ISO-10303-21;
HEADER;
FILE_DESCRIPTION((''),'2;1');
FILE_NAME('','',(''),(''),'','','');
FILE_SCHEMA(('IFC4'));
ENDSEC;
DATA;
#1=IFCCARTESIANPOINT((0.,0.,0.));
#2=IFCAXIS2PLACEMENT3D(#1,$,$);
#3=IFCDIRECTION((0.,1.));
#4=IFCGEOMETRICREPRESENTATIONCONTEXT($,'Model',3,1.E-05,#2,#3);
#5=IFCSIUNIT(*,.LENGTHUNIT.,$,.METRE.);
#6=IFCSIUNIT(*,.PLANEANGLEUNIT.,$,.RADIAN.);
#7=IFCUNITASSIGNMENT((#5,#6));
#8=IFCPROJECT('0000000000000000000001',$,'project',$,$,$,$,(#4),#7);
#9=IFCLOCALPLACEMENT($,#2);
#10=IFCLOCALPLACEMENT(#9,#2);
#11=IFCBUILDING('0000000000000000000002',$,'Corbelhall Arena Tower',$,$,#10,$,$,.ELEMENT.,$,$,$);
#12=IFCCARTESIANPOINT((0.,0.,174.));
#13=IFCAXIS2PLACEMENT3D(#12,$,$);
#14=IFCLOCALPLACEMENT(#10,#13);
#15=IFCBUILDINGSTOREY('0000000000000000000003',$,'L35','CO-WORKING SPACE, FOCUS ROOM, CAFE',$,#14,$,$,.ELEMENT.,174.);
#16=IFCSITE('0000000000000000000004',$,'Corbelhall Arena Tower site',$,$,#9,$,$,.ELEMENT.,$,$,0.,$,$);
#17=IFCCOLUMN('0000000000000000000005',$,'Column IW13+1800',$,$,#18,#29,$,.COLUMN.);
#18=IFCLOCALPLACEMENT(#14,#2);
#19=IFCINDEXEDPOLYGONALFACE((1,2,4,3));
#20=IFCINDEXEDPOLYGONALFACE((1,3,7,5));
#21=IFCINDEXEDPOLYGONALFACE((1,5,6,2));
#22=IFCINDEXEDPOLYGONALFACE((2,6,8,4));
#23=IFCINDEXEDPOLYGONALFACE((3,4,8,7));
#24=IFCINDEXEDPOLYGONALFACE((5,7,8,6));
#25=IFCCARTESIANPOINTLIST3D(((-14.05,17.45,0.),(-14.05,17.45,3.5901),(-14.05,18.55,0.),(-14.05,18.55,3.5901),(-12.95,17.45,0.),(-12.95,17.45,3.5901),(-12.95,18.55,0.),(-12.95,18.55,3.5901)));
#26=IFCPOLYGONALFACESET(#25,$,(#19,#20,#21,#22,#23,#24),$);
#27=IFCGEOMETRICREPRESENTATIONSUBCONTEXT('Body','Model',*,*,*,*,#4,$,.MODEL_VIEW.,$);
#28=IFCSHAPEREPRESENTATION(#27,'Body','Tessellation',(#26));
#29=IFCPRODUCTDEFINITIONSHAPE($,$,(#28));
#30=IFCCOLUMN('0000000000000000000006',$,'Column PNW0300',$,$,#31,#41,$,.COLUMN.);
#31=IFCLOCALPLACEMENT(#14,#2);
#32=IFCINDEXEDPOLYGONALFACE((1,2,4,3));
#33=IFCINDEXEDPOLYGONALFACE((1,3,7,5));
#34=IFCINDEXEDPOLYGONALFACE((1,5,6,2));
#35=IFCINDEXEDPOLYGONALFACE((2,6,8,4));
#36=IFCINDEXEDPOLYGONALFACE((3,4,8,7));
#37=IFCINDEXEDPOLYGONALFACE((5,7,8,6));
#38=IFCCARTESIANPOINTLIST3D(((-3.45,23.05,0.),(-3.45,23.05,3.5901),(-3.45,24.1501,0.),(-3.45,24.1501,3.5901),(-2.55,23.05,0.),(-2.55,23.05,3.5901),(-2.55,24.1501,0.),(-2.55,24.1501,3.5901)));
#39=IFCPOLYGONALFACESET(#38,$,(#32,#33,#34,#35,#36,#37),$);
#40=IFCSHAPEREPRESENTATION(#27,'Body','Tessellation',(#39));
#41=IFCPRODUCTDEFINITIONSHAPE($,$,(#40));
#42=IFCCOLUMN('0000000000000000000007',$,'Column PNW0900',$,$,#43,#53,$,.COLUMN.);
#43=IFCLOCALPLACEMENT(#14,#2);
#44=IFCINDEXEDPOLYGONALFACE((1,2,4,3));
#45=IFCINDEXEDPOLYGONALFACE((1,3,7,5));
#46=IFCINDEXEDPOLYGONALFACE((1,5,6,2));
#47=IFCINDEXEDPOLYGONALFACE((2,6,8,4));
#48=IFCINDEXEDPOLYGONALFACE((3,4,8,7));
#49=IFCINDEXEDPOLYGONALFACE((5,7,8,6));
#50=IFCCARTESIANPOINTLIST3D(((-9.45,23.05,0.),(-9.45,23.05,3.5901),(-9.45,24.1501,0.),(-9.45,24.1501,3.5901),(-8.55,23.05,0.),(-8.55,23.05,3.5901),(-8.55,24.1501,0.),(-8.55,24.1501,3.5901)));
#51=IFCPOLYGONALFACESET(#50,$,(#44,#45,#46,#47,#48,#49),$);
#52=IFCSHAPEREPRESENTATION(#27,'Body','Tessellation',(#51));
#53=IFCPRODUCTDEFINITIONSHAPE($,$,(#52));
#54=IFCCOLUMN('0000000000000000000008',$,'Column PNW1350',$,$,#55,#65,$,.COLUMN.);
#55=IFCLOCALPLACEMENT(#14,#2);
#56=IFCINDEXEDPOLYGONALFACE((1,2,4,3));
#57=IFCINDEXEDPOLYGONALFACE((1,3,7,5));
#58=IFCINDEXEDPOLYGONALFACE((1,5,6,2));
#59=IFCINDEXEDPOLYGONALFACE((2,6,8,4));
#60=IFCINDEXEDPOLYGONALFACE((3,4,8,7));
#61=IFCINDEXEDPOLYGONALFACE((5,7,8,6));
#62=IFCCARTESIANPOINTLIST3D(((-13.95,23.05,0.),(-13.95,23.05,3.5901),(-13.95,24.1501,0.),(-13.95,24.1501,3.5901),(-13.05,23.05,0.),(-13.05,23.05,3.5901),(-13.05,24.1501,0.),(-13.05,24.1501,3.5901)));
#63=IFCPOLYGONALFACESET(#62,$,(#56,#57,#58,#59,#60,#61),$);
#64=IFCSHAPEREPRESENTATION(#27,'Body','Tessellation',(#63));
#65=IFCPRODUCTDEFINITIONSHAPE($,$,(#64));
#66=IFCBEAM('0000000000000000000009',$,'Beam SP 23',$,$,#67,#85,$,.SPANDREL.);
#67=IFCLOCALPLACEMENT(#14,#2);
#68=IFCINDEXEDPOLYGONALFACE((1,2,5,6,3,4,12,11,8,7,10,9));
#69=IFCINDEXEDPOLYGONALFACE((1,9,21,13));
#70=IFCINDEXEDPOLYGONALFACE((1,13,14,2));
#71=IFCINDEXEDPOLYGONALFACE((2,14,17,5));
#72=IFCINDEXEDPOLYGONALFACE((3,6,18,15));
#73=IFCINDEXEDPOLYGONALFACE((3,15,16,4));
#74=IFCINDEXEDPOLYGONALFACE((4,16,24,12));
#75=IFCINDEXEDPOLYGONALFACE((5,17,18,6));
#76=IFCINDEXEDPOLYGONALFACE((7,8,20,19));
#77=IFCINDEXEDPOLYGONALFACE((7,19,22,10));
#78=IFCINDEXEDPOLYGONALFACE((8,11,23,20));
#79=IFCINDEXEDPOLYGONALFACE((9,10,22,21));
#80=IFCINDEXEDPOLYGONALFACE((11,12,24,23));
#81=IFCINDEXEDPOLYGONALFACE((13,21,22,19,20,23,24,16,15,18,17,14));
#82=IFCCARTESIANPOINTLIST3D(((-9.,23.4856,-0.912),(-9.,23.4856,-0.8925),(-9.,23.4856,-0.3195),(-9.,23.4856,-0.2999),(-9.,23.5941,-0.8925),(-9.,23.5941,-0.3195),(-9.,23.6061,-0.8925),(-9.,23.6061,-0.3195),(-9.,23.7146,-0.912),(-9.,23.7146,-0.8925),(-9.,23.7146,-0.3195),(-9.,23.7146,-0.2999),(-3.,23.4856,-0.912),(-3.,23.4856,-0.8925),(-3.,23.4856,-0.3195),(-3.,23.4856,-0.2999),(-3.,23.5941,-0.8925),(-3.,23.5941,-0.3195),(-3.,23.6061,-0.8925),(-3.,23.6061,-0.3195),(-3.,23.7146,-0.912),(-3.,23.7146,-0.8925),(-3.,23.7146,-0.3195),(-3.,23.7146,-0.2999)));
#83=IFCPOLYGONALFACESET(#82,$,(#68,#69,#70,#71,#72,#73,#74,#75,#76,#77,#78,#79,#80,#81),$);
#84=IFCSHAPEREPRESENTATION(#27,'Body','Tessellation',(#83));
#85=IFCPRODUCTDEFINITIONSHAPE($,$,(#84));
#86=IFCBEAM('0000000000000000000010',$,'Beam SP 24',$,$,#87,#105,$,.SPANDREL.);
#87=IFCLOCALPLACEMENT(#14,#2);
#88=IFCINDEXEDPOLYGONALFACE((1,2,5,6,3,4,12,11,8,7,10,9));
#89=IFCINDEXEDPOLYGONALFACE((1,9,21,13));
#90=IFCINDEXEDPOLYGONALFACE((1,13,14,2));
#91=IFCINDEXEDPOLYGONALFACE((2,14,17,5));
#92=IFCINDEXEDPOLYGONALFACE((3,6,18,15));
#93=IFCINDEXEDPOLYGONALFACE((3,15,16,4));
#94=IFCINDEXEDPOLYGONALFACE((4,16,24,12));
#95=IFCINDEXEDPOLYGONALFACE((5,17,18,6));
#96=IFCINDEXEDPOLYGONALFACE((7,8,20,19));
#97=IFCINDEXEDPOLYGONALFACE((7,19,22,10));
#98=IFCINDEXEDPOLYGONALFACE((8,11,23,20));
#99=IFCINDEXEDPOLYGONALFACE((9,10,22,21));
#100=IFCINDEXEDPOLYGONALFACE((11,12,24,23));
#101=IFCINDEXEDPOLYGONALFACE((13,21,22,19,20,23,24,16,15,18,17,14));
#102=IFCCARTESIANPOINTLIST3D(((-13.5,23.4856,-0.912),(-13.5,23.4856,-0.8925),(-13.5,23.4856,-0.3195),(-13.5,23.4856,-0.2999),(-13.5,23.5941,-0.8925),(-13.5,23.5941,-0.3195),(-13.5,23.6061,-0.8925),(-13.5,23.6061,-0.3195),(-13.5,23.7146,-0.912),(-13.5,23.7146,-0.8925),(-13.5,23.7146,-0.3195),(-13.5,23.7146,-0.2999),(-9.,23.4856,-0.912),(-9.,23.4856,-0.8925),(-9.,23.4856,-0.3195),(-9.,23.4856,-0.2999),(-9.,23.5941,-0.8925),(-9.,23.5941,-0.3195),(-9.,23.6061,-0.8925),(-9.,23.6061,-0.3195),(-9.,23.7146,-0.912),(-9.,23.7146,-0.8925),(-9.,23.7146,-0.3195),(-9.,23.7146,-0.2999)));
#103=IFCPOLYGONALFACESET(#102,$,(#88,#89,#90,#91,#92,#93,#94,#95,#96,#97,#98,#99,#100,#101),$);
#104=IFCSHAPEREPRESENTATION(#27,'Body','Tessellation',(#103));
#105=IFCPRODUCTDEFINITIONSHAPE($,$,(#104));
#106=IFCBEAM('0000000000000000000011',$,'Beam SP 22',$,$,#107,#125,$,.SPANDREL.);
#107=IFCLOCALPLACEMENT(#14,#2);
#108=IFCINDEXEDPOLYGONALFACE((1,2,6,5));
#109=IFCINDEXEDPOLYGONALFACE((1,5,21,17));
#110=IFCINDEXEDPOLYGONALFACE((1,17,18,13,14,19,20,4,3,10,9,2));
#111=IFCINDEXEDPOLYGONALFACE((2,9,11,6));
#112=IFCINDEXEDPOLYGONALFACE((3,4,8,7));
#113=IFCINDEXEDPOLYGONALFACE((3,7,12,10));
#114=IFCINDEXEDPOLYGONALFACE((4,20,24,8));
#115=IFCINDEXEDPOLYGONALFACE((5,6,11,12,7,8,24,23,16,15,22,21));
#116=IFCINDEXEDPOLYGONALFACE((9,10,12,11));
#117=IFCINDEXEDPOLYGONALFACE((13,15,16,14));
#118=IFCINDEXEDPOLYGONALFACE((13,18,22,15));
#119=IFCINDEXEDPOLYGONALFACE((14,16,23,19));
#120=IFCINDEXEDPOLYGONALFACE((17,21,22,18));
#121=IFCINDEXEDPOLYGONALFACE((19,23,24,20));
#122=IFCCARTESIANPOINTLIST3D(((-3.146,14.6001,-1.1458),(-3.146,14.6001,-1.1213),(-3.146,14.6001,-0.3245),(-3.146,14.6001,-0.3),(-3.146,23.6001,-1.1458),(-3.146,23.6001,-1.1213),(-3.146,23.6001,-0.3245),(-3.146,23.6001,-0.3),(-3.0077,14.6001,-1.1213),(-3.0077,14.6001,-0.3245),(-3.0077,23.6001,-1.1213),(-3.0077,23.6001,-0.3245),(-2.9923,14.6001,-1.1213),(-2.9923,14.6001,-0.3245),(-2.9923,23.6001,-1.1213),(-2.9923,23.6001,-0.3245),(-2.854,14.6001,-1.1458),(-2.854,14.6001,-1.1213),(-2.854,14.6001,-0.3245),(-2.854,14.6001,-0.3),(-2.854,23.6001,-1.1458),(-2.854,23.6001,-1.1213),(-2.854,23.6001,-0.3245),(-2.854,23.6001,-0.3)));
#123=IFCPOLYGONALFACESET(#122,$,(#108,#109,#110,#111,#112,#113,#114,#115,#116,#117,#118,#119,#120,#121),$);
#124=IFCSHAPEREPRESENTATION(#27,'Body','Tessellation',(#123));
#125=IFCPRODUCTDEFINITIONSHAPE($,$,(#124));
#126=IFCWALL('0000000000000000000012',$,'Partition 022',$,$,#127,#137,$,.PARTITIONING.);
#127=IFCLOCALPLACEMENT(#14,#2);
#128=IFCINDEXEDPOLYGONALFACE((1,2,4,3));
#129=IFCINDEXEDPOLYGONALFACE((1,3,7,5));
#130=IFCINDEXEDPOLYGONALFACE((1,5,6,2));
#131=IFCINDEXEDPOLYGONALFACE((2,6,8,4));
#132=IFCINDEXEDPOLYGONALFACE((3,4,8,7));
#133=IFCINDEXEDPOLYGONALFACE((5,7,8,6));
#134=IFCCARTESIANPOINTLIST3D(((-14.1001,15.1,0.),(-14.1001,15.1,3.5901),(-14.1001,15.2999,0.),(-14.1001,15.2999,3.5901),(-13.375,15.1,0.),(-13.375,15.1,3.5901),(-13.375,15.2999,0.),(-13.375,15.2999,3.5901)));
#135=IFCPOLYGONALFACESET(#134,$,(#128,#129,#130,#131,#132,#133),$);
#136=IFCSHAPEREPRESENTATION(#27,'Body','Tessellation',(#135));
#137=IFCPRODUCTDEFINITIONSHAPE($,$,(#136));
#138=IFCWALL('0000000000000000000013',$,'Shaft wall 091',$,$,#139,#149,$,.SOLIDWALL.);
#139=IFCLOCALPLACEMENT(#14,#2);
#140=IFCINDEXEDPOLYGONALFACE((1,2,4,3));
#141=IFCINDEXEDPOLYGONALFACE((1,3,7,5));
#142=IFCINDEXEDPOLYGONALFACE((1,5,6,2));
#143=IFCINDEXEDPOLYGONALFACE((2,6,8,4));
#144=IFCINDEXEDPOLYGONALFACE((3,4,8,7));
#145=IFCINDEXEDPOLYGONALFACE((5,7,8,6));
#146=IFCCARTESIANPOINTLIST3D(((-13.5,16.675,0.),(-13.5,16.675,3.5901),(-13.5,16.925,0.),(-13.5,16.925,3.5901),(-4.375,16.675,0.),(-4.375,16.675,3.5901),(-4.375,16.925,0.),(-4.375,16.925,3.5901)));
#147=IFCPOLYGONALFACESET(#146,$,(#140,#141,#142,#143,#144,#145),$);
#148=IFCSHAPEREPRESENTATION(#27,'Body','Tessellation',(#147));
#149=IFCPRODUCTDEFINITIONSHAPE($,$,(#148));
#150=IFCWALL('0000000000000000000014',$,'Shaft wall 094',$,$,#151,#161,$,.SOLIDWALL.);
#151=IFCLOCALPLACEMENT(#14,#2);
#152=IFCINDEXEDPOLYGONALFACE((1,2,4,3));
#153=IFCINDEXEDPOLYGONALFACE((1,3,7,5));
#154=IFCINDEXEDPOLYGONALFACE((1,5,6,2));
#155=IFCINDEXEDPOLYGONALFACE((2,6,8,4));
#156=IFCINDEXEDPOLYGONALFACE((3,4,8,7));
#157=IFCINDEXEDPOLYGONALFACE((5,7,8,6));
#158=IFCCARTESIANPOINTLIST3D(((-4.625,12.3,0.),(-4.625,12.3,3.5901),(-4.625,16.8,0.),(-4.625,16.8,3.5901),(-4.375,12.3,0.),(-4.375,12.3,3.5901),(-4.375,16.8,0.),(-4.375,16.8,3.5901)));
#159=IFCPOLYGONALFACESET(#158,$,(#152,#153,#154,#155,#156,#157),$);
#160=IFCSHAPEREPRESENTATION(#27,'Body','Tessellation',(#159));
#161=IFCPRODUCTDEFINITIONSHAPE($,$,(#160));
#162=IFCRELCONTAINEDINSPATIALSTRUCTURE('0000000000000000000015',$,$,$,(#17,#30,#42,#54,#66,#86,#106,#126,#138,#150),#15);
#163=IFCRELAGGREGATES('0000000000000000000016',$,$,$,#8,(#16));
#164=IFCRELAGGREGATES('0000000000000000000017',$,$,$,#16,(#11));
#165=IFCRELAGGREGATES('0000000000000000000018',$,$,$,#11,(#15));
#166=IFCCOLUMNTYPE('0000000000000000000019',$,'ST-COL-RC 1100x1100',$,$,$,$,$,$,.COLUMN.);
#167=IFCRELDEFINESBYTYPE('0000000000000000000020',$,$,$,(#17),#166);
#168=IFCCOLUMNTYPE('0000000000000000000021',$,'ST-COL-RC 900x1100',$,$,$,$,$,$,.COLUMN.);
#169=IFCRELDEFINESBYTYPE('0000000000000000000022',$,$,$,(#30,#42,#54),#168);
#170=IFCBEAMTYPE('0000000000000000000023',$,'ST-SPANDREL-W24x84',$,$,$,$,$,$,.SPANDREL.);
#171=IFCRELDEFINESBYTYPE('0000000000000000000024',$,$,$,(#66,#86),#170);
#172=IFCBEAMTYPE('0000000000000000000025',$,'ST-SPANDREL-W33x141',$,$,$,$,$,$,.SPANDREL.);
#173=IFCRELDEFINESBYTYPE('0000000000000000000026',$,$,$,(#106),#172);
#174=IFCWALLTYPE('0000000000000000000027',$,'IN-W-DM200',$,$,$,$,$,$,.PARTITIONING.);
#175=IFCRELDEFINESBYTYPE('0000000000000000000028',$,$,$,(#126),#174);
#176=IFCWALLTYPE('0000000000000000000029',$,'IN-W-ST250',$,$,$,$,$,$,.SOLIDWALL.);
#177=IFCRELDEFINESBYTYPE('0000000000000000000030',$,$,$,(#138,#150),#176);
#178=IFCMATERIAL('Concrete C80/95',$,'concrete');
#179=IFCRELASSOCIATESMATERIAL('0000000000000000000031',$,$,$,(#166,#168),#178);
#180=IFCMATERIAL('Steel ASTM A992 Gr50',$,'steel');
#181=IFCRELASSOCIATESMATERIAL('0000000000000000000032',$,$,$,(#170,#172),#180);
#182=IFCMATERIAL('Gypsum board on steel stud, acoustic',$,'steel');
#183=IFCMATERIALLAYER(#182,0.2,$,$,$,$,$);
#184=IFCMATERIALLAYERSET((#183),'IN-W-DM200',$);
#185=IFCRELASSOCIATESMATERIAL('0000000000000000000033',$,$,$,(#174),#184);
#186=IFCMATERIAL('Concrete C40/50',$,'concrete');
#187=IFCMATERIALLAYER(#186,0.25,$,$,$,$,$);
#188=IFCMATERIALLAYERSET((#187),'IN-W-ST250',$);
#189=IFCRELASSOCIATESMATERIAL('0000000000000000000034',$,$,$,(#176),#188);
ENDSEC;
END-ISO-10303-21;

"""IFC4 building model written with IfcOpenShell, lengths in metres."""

from ifc_helpers import new_model, si_unit, direction, frame, frame_2d, origin, origin_2d, place, context, subcontext, project, spatial, rectangle, i_section, extrude, material, layer, layer_set, material_profile, profile_set, type_object, element, save


model = new_model("IFC4")

# Units and contexts
model_context = context("Model", 3, precision=1e-05, world=origin(), true_north=direction((0.0, 1.0)))
body_context = subcontext(model_context, "Body", "Model", "MODEL_VIEW")
ifc_project = project(units=[si_unit("LENGTHUNIT", "METRE"), si_unit("PLANEANGLEUNIT", "RADIAN")], contexts=[model_context])

# Site, building, storey
site_placement = place(None, origin())
site = spatial("IfcSite", under=ifc_project, at=site_placement, Name="Corbelhall Arena Tower site", CompositionType="ELEMENT", RefElevation=0.0)
building_placement = place(site_placement, origin())
building = spatial("IfcBuilding", under=site, at=building_placement, Name="Corbelhall Arena Tower", CompositionType="ELEMENT")
storey_placement = place(building_placement, frame((0.0, 0.0, 174.0)))
storey = spatial("IfcBuildingStorey", under=building, at=storey_placement, Name="L35", Description="CO-WORKING SPACE, FOCUS ROOM, CAFE", CompositionType="ELEMENT", Elevation=174.0)

# Columns
ifc_material_1 = material(Name="Concrete C80/95", Category="concrete")
ifc_material_profile_1 = material_profile(ifc_material_1, rectangle(XDim=1.1001, YDim=1.1001, at=origin_2d()))
ifc_profile_set_1 = profile_set([ifc_material_profile_1], Name="Concrete C80/95")
column_type_1 = type_object("IfcColumnType", Name="ST-COL-RC 1100x1100", PredefinedType="COLUMN", material=ifc_profile_set_1)
column_placement = place(storey_placement, frame((-13.5, 18.0, 0.0), z_axis=(0.0, 0.0, 1.0), x_axis=(1.0, 0.0, 0.0)))
element("IfcColumn", 1, at=column_placement, inside=storey, type_object=column_type_1, Name="Column IW13+1800", PredefinedType="COLUMN", context=body_context, shape_type="SweptSolid", body=[
    extrude(rectangle(XDim=1.1001, YDim=1.1001, at=origin_2d()), origin(), (0.0, 0.0, 1.0), 3.5901),
])
ifc_material_profile_2 = material_profile(ifc_material_1, rectangle(XDim=0.8999, YDim=1.1001, at=origin_2d()))
ifc_profile_set_2 = profile_set([ifc_material_profile_2], Name="Concrete C80/95")
column_type_2 = type_object("IfcColumnType", Name="ST-COL-RC 900x1100", PredefinedType="COLUMN", material=ifc_profile_set_2)
for number, where, z_axis, x_axis, name in (
    (2, (-3.0, 23.6001, 0.0), (0.0, 0.0, 1.0), (1.0, 0.0, 0.0), "Column PNW0300"),
    (3, (-9.0, 23.6001, 0.0), (0.0, 0.0, 1.0), (1.0, 0.0, 0.0), "Column PNW0900"),
    (4, (-13.5, 23.6001, 0.0), (0.0, 0.0, 1.0), (1.0, 0.0, 0.0), "Column PNW1350"),
):
    element("IfcColumn", number, at=place(storey_placement, frame(where, z_axis=z_axis, x_axis=x_axis)), inside=storey, type_object=column_type_2, Name=name, PredefinedType="COLUMN", context=body_context, shape_type="SweptSolid", body=[
        extrude(rectangle(XDim=0.8999, YDim=1.1001, at=origin_2d()), origin(), (0.0, 0.0, 1.0), 3.5901),
    ])

# Beams
ifc_material_2 = material(Name="Steel ASTM A992 Gr50", Category="steel")
ifc_material_profile_3 = material_profile(ifc_material_2, i_section(OverallWidth=0.229, OverallDepth=0.6121, WebThickness=0.012, FlangeThickness=0.0195, at=origin_2d()))
ifc_profile_set_3 = profile_set([ifc_material_profile_3], Name="Steel ASTM A992 Gr50")
beam_type_1 = type_object("IfcBeamType", Name="ST-SPANDREL-W24x84", PredefinedType="SPANDREL", material=ifc_profile_set_3)
beam_1_placement = place(storey_placement, frame((-9.0, 23.6001, -0.606), z_axis=(1.0, 0.0, 0.0), x_axis=(0.0, 1.0, 0.0)))
element("IfcBeam", 5, at=beam_1_placement, inside=storey, type_object=beam_type_1, Name="Beam SP 23", PredefinedType="SPANDREL", context=body_context, shape_type="SweptSolid", body=[
    extrude(i_section(OverallWidth=0.229, OverallDepth=0.6121, WebThickness=0.012, FlangeThickness=0.0195, at=origin_2d()), origin(), (0.0, 0.0, 1.0), 6.0),
])
beam_2_placement = place(storey_placement, frame((-13.5, 23.6001, -0.606), z_axis=(1.0, 0.0, 0.0), x_axis=(0.0, 1.0, 0.0)))
element("IfcBeam", 6, at=beam_2_placement, inside=storey, type_object=beam_type_1, Name="Beam SP 24", PredefinedType="SPANDREL", context=body_context, shape_type="SweptSolid", body=[
    extrude(i_section(OverallWidth=0.229, OverallDepth=0.6121, WebThickness=0.012, FlangeThickness=0.0195, at=origin_2d()), origin(), (0.0, 0.0, 1.0), 4.5),
])
ifc_material_profile_4 = material_profile(ifc_material_2, i_section(OverallWidth=0.292, OverallDepth=0.8457, WebThickness=0.0154, FlangeThickness=0.0244, at=origin_2d()))
ifc_profile_set_4 = profile_set([ifc_material_profile_4], Name="Steel ASTM A992 Gr50")
beam_type_2 = type_object("IfcBeamType", Name="ST-SPANDREL-W33x141", PredefinedType="SPANDREL", material=ifc_profile_set_4)
beam_3_placement = place(storey_placement, frame((-3.0, 23.6001, -0.7229), z_axis=(0.0, -1.0, 0.0), x_axis=(1.0, 0.0, 0.0)))
element("IfcBeam", 7, at=beam_3_placement, inside=storey, type_object=beam_type_2, Name="Beam SP 22", PredefinedType="SPANDREL", context=body_context, shape_type="SweptSolid", body=[
    extrude(i_section(OverallWidth=0.292, OverallDepth=0.8457, WebThickness=0.0154, FlangeThickness=0.0244, at=origin_2d()), origin(), (0.0, 0.0, 1.0), 9.0),
])

# Walls
ifc_material_3 = material(Name="Gypsum board on steel stud, acoustic", Category="steel")
ifc_layer_1 = layer(ifc_material_3, 0.2)
ifc_layer_set_1 = layer_set([ifc_layer_1], Name="IN-W-DM200")
wall_type_1 = type_object("IfcWallType", Name="IN-W-DM200", PredefinedType="PARTITIONING", material=ifc_layer_set_1)
wall_1_placement = place(storey_placement, frame((-14.1001, 15.2, 0.0), z_axis=(0.0, 0.0, 1.0), x_axis=(1.0, 0.0, 0.0)))
element("IfcWall", 8, at=wall_1_placement, inside=storey, type_object=wall_type_1, Name="Partition 022", PredefinedType="PARTITIONING", context=body_context, shape_type="SweptSolid", body=[
    extrude(rectangle(XDim=0.7251, YDim=0.2, at=frame_2d((0.3625, 0.0))), origin(), (0.0, 0.0, 1.0), 3.5901),
])
ifc_material_4 = material(Name="Concrete C40/50", Category="concrete")
ifc_layer_2 = layer(ifc_material_4, 0.25)
ifc_layer_set_2 = layer_set([ifc_layer_2], Name="IN-W-ST250")
wall_type_2 = type_object("IfcWallType", Name="IN-W-ST250", PredefinedType="SOLIDWALL", material=ifc_layer_set_2)
wall_2_placement = place(storey_placement, frame((-13.5, 16.8, 0.0), z_axis=(0.0, 0.0, 1.0), x_axis=(1.0, 0.0, 0.0)))
element("IfcWall", 9, at=wall_2_placement, inside=storey, type_object=wall_type_2, Name="Shaft wall 091", PredefinedType="SOLIDWALL", context=body_context, shape_type="SweptSolid", body=[
    extrude(rectangle(XDim=9.125, YDim=0.25, at=frame_2d((4.5625, 0.0))), origin(), (0.0, 0.0, 1.0), 3.5901),
])
wall_3_placement = place(storey_placement, frame((-4.5, 16.8, 0.0), z_axis=(0.0, 0.0, 1.0), x_axis=(0.0, -1.0, 0.0)))
element("IfcWall", 10, at=wall_3_placement, inside=storey, type_object=wall_type_2, Name="Shaft wall 094", PredefinedType="SOLIDWALL", context=body_context, shape_type="SweptSolid", body=[
    extrude(rectangle(XDim=4.5, YDim=0.25, at=frame_2d((2.25, 0.0))), origin(), (0.0, 0.0, 1.0), 3.5901),
])

save(model, "model.ifc")
